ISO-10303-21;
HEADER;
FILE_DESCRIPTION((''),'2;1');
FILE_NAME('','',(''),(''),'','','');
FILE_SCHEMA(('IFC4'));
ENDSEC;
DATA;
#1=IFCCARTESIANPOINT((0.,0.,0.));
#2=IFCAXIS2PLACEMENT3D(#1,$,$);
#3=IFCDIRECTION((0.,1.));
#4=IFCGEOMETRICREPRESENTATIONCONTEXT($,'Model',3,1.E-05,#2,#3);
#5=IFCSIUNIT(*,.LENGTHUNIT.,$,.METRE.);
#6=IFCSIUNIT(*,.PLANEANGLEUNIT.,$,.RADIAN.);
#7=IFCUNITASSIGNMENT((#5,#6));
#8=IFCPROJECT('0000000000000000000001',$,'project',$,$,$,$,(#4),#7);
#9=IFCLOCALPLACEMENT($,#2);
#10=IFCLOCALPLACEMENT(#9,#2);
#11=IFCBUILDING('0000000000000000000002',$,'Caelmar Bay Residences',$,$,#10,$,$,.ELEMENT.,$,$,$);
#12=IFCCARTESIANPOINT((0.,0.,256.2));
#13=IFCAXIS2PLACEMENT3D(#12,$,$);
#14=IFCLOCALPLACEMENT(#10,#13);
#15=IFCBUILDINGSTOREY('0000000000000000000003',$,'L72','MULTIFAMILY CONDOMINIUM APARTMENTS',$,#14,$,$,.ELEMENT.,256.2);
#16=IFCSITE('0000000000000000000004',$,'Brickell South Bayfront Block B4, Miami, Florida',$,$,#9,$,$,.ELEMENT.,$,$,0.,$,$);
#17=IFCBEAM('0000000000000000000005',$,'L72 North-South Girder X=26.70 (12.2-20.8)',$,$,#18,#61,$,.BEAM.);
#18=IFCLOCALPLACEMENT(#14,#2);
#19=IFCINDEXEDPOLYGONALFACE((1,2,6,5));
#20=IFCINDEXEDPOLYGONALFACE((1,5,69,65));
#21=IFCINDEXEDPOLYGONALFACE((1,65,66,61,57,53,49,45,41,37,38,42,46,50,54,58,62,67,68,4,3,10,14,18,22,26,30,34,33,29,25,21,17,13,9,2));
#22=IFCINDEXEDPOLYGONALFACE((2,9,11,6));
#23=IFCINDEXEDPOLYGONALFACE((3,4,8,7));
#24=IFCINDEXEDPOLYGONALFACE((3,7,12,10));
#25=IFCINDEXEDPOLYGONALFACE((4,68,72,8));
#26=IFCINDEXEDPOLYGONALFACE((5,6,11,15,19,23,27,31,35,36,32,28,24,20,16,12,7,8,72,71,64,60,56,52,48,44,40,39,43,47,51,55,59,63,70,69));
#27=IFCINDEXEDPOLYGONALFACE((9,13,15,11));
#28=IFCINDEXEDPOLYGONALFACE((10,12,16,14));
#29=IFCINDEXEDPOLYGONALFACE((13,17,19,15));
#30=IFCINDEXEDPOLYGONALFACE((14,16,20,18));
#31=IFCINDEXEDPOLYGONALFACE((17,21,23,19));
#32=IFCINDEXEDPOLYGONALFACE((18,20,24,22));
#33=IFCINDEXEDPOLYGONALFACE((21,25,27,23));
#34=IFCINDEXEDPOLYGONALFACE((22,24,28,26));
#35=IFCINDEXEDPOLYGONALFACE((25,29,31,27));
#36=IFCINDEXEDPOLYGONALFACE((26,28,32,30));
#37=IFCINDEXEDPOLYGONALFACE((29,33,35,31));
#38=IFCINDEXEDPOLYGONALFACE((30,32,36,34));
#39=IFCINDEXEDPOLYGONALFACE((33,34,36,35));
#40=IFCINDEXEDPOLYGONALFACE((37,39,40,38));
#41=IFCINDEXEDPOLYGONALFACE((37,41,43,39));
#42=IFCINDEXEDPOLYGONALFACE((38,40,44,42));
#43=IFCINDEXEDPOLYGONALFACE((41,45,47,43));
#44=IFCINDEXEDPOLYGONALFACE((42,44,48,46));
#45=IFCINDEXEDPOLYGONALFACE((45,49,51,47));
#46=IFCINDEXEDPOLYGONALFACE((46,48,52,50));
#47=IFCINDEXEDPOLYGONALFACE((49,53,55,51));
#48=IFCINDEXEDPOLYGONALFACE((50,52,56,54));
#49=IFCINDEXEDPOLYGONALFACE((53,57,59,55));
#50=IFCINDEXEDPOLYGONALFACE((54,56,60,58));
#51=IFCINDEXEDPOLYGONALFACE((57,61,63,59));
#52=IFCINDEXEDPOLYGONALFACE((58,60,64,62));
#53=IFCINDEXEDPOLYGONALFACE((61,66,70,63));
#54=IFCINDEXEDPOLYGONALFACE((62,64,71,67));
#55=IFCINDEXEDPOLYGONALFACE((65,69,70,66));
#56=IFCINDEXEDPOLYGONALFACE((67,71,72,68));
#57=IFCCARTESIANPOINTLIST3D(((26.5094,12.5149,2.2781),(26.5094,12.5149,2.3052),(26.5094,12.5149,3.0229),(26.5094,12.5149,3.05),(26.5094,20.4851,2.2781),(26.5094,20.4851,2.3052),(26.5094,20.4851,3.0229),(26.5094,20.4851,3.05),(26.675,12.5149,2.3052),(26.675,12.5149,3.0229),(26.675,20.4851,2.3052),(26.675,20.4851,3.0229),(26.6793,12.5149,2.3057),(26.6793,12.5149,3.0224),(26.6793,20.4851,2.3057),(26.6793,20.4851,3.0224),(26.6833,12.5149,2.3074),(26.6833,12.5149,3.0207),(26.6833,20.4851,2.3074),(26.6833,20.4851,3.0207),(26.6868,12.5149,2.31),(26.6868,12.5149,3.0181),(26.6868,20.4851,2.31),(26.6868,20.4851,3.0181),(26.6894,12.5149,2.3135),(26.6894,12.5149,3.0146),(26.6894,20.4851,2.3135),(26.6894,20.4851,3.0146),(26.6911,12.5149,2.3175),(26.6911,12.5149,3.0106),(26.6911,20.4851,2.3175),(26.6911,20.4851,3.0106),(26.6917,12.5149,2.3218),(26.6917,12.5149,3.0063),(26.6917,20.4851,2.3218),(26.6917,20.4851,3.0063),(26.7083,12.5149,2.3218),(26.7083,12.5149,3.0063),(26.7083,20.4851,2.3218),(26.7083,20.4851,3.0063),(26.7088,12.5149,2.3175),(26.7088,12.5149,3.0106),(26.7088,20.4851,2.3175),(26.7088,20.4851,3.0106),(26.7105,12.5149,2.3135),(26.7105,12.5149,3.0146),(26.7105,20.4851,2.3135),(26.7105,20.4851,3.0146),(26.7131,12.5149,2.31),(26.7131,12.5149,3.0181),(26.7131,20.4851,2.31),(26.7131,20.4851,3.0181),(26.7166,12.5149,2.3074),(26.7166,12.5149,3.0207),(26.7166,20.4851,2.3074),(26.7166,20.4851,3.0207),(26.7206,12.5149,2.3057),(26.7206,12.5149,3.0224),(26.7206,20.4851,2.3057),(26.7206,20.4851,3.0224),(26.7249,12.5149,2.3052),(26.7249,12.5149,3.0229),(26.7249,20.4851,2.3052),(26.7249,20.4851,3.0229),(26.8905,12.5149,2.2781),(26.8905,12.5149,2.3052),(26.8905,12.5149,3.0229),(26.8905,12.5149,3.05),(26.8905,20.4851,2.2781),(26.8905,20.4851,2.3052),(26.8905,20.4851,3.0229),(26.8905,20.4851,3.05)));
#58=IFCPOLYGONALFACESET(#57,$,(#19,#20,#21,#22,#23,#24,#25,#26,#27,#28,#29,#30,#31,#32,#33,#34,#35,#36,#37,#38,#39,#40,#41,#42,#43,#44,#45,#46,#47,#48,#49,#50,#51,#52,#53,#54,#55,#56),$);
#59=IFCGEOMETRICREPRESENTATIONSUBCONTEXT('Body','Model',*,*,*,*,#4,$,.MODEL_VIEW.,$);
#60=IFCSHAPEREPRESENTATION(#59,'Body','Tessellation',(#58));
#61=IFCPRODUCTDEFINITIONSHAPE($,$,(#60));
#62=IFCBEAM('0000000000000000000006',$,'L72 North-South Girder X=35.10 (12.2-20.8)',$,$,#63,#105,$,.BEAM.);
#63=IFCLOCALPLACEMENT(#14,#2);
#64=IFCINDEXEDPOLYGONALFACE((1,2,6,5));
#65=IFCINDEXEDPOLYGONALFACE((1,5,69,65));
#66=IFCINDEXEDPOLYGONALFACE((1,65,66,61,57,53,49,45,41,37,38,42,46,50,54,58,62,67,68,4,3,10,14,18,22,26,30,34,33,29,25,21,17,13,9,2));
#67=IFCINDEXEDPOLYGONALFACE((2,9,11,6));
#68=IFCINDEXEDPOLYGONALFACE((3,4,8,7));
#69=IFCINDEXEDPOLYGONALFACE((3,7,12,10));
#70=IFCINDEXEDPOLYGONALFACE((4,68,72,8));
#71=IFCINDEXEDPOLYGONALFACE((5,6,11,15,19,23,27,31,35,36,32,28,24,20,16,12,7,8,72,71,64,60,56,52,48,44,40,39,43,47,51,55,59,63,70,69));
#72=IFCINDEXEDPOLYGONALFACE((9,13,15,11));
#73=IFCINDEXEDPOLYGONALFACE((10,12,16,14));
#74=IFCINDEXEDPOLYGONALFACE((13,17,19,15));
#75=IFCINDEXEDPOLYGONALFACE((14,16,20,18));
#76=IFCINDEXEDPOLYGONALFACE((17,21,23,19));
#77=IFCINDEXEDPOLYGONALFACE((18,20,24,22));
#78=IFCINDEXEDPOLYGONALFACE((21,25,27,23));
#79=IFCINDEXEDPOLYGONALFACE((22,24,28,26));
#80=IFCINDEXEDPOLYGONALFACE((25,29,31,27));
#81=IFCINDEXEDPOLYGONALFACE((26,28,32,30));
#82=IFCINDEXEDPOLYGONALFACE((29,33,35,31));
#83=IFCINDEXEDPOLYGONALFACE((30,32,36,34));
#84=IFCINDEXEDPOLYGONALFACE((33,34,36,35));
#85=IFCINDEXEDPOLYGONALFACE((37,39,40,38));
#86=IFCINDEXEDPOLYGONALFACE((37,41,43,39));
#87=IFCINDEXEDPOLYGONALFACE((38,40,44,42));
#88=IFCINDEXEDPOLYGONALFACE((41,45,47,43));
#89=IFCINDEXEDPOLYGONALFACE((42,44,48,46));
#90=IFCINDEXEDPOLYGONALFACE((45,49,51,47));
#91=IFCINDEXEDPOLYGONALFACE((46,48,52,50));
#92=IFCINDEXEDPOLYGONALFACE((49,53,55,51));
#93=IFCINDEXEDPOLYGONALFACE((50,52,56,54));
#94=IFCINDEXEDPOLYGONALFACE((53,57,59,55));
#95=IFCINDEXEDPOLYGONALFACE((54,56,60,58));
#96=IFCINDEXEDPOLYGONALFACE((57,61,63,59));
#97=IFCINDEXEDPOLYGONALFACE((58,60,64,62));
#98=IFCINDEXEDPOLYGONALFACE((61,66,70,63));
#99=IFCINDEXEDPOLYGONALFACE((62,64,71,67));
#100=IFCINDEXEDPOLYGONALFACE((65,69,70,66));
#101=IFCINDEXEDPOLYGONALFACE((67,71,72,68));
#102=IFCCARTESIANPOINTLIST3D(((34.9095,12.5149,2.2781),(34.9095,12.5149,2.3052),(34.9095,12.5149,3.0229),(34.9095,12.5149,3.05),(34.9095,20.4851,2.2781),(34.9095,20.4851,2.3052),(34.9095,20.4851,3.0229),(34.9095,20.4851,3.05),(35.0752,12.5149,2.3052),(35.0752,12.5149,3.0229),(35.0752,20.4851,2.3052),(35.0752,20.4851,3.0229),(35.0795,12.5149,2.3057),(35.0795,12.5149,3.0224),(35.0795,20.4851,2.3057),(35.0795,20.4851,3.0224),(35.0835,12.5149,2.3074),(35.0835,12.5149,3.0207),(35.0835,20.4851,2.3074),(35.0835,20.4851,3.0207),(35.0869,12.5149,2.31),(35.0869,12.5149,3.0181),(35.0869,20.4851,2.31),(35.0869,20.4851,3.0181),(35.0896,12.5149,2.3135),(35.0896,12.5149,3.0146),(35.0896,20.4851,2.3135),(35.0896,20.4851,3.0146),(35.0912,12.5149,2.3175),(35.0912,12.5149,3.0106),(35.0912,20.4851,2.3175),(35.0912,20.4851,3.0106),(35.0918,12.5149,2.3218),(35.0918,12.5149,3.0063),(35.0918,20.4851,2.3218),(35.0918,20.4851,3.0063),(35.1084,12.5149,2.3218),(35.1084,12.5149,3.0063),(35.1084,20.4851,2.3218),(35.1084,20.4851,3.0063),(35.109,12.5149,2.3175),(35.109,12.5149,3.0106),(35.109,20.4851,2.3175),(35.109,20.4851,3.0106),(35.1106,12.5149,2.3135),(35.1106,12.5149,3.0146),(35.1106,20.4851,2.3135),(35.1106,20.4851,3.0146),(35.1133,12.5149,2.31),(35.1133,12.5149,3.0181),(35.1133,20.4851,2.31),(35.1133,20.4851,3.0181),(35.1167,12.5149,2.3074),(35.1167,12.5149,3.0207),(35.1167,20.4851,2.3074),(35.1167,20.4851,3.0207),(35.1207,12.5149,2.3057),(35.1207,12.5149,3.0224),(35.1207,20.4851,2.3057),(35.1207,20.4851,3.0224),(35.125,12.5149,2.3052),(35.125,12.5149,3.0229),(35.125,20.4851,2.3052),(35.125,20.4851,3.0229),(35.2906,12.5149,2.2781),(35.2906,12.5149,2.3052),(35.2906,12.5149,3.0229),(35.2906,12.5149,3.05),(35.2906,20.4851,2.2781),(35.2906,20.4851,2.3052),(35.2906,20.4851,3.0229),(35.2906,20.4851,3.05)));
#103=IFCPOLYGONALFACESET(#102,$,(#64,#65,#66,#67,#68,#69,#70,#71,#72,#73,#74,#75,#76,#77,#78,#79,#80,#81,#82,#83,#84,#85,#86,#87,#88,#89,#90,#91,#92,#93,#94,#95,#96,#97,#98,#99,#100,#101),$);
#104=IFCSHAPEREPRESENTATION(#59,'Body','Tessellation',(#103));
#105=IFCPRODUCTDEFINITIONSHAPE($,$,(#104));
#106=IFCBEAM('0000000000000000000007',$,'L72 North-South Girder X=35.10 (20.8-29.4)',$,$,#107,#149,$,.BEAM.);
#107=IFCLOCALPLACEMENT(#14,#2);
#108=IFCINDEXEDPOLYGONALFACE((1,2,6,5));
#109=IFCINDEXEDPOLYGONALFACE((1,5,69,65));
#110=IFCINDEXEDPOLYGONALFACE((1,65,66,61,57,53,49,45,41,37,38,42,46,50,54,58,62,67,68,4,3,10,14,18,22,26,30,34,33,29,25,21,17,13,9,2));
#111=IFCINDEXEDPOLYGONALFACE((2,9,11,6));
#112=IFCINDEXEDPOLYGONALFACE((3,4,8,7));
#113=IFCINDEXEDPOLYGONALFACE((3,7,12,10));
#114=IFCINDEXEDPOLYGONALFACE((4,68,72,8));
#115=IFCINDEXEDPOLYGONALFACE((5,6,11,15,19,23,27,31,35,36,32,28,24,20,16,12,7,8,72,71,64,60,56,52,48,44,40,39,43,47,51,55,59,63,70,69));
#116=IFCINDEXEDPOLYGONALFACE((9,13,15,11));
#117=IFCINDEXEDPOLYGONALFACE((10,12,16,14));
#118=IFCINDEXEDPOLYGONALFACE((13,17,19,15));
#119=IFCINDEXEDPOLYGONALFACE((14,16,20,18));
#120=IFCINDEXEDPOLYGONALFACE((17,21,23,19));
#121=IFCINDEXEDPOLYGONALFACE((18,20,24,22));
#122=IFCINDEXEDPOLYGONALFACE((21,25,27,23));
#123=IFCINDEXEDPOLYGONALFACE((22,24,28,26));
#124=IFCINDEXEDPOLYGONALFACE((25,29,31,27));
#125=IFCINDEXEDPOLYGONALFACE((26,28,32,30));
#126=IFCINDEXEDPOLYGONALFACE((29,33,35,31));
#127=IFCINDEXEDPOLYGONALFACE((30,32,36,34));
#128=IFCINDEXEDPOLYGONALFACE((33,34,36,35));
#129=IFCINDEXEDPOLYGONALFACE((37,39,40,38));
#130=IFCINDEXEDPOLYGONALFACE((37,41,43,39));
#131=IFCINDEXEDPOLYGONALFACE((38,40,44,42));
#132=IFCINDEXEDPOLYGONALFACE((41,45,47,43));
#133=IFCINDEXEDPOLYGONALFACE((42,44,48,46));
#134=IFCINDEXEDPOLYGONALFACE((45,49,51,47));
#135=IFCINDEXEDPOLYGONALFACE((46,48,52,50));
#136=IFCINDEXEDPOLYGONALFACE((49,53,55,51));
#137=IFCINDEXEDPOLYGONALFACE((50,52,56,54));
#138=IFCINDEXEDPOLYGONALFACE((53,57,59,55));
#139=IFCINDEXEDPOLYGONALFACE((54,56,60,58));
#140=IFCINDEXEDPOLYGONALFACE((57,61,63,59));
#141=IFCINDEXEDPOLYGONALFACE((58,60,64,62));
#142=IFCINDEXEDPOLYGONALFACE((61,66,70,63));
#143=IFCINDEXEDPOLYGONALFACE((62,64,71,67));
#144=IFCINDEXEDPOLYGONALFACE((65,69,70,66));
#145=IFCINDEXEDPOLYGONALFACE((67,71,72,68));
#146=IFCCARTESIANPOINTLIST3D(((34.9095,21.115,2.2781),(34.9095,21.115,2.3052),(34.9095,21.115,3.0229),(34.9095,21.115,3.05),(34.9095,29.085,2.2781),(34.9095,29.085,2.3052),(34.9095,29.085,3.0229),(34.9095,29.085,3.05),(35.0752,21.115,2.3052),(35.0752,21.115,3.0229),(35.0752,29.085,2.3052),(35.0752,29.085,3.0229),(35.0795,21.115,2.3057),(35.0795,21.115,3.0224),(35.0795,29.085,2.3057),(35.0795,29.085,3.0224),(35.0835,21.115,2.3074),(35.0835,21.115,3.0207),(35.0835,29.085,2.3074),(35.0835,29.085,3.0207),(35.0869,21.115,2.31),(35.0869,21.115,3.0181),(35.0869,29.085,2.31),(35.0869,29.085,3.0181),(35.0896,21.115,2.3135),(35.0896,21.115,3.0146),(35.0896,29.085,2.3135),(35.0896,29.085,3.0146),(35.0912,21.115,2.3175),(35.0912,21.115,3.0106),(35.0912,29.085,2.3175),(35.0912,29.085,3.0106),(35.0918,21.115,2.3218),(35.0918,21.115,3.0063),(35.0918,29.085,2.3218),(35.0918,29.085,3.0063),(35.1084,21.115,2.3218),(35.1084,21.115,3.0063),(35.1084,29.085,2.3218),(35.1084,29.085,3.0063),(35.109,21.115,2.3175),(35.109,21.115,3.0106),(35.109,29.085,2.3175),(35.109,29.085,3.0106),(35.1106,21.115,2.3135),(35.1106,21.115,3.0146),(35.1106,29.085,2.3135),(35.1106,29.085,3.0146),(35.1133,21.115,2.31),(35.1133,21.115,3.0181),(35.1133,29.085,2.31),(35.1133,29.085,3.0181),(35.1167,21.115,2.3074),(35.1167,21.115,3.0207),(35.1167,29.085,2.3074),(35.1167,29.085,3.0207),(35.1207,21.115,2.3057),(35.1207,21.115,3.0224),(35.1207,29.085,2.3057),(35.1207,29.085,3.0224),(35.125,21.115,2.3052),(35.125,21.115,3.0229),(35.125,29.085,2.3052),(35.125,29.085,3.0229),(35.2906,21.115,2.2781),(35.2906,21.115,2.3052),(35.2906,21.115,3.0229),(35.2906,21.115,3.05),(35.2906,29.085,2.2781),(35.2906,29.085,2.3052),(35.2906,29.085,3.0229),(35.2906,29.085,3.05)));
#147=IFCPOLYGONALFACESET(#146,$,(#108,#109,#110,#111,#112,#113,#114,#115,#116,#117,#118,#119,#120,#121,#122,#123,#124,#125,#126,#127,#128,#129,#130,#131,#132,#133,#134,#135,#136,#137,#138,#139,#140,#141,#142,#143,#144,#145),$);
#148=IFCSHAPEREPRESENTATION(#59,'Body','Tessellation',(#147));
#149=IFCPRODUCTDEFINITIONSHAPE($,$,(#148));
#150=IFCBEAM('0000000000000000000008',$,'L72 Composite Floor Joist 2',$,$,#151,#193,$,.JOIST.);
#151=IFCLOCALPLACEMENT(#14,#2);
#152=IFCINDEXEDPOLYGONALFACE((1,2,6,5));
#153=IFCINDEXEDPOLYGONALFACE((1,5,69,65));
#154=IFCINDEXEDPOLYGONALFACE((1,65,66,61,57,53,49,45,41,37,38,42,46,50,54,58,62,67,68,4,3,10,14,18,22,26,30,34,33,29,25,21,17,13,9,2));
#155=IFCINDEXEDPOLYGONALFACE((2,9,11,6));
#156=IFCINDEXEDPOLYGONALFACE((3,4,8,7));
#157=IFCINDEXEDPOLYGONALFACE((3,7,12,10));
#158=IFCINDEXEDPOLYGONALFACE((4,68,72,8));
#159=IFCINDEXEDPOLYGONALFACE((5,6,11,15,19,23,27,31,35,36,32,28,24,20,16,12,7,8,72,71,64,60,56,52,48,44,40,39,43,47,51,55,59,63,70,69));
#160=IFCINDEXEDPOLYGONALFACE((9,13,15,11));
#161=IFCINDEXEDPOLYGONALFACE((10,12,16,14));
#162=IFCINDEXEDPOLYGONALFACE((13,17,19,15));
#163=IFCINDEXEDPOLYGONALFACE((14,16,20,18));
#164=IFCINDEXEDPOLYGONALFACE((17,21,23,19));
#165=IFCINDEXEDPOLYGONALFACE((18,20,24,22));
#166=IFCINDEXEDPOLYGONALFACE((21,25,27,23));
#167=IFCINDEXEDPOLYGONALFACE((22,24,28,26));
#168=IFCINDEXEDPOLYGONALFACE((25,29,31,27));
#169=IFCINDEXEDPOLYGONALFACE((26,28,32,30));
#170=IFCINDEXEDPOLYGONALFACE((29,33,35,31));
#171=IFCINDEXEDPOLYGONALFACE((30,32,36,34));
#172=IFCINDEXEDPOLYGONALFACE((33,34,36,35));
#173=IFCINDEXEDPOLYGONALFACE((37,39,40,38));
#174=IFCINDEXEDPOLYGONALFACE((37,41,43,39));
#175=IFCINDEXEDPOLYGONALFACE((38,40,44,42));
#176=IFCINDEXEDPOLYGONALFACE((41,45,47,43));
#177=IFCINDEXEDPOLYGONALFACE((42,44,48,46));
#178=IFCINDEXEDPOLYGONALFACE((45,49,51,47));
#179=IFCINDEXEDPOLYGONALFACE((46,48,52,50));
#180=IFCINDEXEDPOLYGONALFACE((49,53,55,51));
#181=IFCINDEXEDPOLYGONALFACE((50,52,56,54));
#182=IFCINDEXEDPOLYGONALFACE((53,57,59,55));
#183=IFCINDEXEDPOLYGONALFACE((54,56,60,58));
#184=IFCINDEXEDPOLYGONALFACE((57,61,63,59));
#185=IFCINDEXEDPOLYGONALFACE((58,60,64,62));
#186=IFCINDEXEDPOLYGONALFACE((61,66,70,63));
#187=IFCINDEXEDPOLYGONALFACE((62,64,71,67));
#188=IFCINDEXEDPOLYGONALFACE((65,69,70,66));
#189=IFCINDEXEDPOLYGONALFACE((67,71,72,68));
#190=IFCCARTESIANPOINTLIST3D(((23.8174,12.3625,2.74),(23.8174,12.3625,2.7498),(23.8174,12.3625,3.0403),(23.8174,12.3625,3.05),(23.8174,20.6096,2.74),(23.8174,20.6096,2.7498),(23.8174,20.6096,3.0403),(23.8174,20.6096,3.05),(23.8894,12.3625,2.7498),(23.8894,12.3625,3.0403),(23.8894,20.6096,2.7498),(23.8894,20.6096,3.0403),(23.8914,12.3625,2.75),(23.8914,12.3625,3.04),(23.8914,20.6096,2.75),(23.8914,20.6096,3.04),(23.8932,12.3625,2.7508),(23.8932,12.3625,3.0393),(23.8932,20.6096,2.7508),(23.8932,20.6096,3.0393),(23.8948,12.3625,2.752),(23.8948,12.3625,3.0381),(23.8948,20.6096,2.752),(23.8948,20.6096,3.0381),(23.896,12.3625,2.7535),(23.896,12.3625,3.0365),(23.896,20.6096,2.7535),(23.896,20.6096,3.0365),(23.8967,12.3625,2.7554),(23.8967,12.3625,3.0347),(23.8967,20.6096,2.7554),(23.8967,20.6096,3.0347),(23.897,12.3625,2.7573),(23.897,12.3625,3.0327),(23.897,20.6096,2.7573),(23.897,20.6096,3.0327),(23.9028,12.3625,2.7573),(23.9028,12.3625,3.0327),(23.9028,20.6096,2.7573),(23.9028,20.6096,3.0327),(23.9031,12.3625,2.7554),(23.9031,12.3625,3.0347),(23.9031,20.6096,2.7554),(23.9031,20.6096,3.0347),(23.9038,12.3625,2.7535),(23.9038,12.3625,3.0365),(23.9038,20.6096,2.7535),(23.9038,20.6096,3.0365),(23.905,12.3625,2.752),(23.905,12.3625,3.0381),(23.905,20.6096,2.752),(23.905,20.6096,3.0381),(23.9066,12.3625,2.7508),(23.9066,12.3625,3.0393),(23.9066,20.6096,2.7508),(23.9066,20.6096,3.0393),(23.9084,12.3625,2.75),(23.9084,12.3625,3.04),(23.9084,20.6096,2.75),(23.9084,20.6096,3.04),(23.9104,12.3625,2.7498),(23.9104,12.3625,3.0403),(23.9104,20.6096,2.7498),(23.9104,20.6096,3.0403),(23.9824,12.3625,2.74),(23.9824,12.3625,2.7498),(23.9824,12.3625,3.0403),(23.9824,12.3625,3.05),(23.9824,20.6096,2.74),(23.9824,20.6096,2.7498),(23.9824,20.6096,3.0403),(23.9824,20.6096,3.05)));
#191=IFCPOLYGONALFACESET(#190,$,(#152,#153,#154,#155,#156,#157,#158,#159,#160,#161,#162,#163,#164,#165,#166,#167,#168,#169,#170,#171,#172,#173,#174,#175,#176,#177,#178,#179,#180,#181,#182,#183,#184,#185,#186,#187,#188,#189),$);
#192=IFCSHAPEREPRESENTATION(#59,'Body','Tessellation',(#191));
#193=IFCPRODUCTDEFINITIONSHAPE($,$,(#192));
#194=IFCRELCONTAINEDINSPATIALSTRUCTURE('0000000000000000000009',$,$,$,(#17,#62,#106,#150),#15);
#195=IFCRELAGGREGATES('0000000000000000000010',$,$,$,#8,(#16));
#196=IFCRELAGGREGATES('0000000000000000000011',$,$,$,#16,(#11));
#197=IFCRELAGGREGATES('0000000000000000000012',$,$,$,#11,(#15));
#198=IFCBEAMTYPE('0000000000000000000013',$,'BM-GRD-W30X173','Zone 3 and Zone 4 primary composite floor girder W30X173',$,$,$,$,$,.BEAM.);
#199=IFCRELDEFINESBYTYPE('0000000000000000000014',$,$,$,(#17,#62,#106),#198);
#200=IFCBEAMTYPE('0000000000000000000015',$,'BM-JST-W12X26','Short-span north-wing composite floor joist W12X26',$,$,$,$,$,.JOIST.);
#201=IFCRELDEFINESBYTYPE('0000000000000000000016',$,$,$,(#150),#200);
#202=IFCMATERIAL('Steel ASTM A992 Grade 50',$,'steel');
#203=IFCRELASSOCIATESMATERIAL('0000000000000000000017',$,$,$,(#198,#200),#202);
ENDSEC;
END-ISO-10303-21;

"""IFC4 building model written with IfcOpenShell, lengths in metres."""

from ifc_helpers import new_model, si_unit, direction, frame, origin, origin_2d, place, context, subcontext, project, spatial, i_section, extrude, material, material_profile, profile_set, type_object, element, save


model = new_model("IFC4")

# Units and contexts
model_context = context("Model", 3, precision=1e-05, world=origin(), true_north=direction((0.0, 1.0)))
body_context = subcontext(model_context, "Body", "Model", "MODEL_VIEW")
ifc_project = project(units=[si_unit("LENGTHUNIT", "METRE"), si_unit("PLANEANGLEUNIT", "RADIAN")], contexts=[model_context])

# Site, building, storey
site_placement = place(None, origin())
site = spatial("IfcSite", under=ifc_project, at=site_placement, Name="Brickell South Bayfront Block B4, Miami, Florida", CompositionType="ELEMENT", RefElevation=0.0)
building_placement = place(site_placement, origin())
building = spatial("IfcBuilding", under=site, at=building_placement, Name="Caelmar Bay Residences", CompositionType="ELEMENT")
storey_placement = place(building_placement, frame((0.0, 0.0, 256.2)))
storey = spatial("IfcBuildingStorey", under=building, at=storey_placement, Name="L72", Description="MULTIFAMILY CONDOMINIUM APARTMENTS", CompositionType="ELEMENT", Elevation=256.2)

# Beams
ifc_material_1 = material(Name="Steel ASTM A992 Grade 50", Category="steel")
ifc_material_profile_1 = material_profile(ifc_material_1, i_section(OverallWidth=0.3811, OverallDepth=0.772, WebThickness=0.0166, FlangeThickness=0.0271, FilletRadius=0.0166, at=origin_2d()), Name="W30X173")
ifc_profile_set_1 = profile_set([ifc_material_profile_1], Name="Steel ASTM A992 Grade 50")
beam_type_1 = type_object("IfcBeamType", Name="BM-GRD-W30X173", Description="Zone 3 and Zone 4 primary composite floor girder W30X173", PredefinedType="BEAM", material=ifc_profile_set_1)
for number, where, z_axis, x_axis, name in (
    (1, (26.7, 12.5149, 2.6641), (0.0, 1.0, 0.0), (-1.0, 0.0, 0.0), "L72 North-South Girder X=26.70 (12.2-20.8)"),
    (2, (35.1001, 12.5149, 2.6641), (0.0, 1.0, 0.0), (-1.0, 0.0, 0.0), "L72 North-South Girder X=35.10 (12.2-20.8)"),
):
    element("IfcBeam", number, at=place(storey_placement, frame(where, z_axis=z_axis, x_axis=x_axis)), inside=storey, type_object=beam_type_1, Name=name, PredefinedType="BEAM", context=body_context, shape_type="SweptSolid", body=[
        extrude(i_section(OverallWidth=0.3811, OverallDepth=0.772, WebThickness=0.0166, FlangeThickness=0.0271, FilletRadius=0.0166, at=origin_2d()), origin(), (0.0, 0.0, 1.0), 7.9702),
    ])
beam_1_placement = place(storey_placement, frame((35.1001, 21.115, 2.6641), z_axis=(0.0, 1.0, 0.0), x_axis=(-1.0, 0.0, 0.0)))
element("IfcBeam", 3, at=beam_1_placement, inside=storey, type_object=beam_type_1, Name="L72 North-South Girder X=35.10 (20.8-29.4)", PredefinedType="BEAM", context=body_context, shape_type="SweptSolid", body=[
    extrude(i_section(OverallWidth=0.3811, OverallDepth=0.772, WebThickness=0.0166, FlangeThickness=0.0271, FilletRadius=0.0166, at=origin_2d()), origin(), (0.0, 0.0, 1.0), 7.97),
])
ifc_material_profile_2 = material_profile(ifc_material_1, i_section(OverallWidth=0.165, OverallDepth=0.3101, WebThickness=0.0059, FlangeThickness=0.0098, FilletRadius=0.0076, at=origin_2d()), Name="W12X26")
ifc_profile_set_2 = profile_set([ifc_material_profile_2], Name="Steel ASTM A992 Grade 50")
beam_type_2 = type_object("IfcBeamType", Name="BM-JST-W12X26", Description="Short-span north-wing composite floor joist W12X26", PredefinedType="JOIST", material=ifc_profile_set_2)
for number, where, z_axis, x_axis, name in (
    (4, (23.8999, 12.3625, 2.895), (0.0, 1.0, 0.0), (-1.0, 0.0, 0.0), "L72 Composite Floor Joist 2"),
):
    element("IfcBeam", number, at=place(storey_placement, frame(where, z_axis=z_axis, x_axis=x_axis)), inside=storey, type_object=beam_type_2, Name=name, PredefinedType="JOIST", context=body_context, shape_type="SweptSolid", body=[
        extrude(i_section(OverallWidth=0.165, OverallDepth=0.3101, WebThickness=0.0059, FlangeThickness=0.0098, FilletRadius=0.0076, at=origin_2d()), origin(), (0.0, 0.0, 1.0), 8.2471),
    ])

save(model, "model.ifc")
